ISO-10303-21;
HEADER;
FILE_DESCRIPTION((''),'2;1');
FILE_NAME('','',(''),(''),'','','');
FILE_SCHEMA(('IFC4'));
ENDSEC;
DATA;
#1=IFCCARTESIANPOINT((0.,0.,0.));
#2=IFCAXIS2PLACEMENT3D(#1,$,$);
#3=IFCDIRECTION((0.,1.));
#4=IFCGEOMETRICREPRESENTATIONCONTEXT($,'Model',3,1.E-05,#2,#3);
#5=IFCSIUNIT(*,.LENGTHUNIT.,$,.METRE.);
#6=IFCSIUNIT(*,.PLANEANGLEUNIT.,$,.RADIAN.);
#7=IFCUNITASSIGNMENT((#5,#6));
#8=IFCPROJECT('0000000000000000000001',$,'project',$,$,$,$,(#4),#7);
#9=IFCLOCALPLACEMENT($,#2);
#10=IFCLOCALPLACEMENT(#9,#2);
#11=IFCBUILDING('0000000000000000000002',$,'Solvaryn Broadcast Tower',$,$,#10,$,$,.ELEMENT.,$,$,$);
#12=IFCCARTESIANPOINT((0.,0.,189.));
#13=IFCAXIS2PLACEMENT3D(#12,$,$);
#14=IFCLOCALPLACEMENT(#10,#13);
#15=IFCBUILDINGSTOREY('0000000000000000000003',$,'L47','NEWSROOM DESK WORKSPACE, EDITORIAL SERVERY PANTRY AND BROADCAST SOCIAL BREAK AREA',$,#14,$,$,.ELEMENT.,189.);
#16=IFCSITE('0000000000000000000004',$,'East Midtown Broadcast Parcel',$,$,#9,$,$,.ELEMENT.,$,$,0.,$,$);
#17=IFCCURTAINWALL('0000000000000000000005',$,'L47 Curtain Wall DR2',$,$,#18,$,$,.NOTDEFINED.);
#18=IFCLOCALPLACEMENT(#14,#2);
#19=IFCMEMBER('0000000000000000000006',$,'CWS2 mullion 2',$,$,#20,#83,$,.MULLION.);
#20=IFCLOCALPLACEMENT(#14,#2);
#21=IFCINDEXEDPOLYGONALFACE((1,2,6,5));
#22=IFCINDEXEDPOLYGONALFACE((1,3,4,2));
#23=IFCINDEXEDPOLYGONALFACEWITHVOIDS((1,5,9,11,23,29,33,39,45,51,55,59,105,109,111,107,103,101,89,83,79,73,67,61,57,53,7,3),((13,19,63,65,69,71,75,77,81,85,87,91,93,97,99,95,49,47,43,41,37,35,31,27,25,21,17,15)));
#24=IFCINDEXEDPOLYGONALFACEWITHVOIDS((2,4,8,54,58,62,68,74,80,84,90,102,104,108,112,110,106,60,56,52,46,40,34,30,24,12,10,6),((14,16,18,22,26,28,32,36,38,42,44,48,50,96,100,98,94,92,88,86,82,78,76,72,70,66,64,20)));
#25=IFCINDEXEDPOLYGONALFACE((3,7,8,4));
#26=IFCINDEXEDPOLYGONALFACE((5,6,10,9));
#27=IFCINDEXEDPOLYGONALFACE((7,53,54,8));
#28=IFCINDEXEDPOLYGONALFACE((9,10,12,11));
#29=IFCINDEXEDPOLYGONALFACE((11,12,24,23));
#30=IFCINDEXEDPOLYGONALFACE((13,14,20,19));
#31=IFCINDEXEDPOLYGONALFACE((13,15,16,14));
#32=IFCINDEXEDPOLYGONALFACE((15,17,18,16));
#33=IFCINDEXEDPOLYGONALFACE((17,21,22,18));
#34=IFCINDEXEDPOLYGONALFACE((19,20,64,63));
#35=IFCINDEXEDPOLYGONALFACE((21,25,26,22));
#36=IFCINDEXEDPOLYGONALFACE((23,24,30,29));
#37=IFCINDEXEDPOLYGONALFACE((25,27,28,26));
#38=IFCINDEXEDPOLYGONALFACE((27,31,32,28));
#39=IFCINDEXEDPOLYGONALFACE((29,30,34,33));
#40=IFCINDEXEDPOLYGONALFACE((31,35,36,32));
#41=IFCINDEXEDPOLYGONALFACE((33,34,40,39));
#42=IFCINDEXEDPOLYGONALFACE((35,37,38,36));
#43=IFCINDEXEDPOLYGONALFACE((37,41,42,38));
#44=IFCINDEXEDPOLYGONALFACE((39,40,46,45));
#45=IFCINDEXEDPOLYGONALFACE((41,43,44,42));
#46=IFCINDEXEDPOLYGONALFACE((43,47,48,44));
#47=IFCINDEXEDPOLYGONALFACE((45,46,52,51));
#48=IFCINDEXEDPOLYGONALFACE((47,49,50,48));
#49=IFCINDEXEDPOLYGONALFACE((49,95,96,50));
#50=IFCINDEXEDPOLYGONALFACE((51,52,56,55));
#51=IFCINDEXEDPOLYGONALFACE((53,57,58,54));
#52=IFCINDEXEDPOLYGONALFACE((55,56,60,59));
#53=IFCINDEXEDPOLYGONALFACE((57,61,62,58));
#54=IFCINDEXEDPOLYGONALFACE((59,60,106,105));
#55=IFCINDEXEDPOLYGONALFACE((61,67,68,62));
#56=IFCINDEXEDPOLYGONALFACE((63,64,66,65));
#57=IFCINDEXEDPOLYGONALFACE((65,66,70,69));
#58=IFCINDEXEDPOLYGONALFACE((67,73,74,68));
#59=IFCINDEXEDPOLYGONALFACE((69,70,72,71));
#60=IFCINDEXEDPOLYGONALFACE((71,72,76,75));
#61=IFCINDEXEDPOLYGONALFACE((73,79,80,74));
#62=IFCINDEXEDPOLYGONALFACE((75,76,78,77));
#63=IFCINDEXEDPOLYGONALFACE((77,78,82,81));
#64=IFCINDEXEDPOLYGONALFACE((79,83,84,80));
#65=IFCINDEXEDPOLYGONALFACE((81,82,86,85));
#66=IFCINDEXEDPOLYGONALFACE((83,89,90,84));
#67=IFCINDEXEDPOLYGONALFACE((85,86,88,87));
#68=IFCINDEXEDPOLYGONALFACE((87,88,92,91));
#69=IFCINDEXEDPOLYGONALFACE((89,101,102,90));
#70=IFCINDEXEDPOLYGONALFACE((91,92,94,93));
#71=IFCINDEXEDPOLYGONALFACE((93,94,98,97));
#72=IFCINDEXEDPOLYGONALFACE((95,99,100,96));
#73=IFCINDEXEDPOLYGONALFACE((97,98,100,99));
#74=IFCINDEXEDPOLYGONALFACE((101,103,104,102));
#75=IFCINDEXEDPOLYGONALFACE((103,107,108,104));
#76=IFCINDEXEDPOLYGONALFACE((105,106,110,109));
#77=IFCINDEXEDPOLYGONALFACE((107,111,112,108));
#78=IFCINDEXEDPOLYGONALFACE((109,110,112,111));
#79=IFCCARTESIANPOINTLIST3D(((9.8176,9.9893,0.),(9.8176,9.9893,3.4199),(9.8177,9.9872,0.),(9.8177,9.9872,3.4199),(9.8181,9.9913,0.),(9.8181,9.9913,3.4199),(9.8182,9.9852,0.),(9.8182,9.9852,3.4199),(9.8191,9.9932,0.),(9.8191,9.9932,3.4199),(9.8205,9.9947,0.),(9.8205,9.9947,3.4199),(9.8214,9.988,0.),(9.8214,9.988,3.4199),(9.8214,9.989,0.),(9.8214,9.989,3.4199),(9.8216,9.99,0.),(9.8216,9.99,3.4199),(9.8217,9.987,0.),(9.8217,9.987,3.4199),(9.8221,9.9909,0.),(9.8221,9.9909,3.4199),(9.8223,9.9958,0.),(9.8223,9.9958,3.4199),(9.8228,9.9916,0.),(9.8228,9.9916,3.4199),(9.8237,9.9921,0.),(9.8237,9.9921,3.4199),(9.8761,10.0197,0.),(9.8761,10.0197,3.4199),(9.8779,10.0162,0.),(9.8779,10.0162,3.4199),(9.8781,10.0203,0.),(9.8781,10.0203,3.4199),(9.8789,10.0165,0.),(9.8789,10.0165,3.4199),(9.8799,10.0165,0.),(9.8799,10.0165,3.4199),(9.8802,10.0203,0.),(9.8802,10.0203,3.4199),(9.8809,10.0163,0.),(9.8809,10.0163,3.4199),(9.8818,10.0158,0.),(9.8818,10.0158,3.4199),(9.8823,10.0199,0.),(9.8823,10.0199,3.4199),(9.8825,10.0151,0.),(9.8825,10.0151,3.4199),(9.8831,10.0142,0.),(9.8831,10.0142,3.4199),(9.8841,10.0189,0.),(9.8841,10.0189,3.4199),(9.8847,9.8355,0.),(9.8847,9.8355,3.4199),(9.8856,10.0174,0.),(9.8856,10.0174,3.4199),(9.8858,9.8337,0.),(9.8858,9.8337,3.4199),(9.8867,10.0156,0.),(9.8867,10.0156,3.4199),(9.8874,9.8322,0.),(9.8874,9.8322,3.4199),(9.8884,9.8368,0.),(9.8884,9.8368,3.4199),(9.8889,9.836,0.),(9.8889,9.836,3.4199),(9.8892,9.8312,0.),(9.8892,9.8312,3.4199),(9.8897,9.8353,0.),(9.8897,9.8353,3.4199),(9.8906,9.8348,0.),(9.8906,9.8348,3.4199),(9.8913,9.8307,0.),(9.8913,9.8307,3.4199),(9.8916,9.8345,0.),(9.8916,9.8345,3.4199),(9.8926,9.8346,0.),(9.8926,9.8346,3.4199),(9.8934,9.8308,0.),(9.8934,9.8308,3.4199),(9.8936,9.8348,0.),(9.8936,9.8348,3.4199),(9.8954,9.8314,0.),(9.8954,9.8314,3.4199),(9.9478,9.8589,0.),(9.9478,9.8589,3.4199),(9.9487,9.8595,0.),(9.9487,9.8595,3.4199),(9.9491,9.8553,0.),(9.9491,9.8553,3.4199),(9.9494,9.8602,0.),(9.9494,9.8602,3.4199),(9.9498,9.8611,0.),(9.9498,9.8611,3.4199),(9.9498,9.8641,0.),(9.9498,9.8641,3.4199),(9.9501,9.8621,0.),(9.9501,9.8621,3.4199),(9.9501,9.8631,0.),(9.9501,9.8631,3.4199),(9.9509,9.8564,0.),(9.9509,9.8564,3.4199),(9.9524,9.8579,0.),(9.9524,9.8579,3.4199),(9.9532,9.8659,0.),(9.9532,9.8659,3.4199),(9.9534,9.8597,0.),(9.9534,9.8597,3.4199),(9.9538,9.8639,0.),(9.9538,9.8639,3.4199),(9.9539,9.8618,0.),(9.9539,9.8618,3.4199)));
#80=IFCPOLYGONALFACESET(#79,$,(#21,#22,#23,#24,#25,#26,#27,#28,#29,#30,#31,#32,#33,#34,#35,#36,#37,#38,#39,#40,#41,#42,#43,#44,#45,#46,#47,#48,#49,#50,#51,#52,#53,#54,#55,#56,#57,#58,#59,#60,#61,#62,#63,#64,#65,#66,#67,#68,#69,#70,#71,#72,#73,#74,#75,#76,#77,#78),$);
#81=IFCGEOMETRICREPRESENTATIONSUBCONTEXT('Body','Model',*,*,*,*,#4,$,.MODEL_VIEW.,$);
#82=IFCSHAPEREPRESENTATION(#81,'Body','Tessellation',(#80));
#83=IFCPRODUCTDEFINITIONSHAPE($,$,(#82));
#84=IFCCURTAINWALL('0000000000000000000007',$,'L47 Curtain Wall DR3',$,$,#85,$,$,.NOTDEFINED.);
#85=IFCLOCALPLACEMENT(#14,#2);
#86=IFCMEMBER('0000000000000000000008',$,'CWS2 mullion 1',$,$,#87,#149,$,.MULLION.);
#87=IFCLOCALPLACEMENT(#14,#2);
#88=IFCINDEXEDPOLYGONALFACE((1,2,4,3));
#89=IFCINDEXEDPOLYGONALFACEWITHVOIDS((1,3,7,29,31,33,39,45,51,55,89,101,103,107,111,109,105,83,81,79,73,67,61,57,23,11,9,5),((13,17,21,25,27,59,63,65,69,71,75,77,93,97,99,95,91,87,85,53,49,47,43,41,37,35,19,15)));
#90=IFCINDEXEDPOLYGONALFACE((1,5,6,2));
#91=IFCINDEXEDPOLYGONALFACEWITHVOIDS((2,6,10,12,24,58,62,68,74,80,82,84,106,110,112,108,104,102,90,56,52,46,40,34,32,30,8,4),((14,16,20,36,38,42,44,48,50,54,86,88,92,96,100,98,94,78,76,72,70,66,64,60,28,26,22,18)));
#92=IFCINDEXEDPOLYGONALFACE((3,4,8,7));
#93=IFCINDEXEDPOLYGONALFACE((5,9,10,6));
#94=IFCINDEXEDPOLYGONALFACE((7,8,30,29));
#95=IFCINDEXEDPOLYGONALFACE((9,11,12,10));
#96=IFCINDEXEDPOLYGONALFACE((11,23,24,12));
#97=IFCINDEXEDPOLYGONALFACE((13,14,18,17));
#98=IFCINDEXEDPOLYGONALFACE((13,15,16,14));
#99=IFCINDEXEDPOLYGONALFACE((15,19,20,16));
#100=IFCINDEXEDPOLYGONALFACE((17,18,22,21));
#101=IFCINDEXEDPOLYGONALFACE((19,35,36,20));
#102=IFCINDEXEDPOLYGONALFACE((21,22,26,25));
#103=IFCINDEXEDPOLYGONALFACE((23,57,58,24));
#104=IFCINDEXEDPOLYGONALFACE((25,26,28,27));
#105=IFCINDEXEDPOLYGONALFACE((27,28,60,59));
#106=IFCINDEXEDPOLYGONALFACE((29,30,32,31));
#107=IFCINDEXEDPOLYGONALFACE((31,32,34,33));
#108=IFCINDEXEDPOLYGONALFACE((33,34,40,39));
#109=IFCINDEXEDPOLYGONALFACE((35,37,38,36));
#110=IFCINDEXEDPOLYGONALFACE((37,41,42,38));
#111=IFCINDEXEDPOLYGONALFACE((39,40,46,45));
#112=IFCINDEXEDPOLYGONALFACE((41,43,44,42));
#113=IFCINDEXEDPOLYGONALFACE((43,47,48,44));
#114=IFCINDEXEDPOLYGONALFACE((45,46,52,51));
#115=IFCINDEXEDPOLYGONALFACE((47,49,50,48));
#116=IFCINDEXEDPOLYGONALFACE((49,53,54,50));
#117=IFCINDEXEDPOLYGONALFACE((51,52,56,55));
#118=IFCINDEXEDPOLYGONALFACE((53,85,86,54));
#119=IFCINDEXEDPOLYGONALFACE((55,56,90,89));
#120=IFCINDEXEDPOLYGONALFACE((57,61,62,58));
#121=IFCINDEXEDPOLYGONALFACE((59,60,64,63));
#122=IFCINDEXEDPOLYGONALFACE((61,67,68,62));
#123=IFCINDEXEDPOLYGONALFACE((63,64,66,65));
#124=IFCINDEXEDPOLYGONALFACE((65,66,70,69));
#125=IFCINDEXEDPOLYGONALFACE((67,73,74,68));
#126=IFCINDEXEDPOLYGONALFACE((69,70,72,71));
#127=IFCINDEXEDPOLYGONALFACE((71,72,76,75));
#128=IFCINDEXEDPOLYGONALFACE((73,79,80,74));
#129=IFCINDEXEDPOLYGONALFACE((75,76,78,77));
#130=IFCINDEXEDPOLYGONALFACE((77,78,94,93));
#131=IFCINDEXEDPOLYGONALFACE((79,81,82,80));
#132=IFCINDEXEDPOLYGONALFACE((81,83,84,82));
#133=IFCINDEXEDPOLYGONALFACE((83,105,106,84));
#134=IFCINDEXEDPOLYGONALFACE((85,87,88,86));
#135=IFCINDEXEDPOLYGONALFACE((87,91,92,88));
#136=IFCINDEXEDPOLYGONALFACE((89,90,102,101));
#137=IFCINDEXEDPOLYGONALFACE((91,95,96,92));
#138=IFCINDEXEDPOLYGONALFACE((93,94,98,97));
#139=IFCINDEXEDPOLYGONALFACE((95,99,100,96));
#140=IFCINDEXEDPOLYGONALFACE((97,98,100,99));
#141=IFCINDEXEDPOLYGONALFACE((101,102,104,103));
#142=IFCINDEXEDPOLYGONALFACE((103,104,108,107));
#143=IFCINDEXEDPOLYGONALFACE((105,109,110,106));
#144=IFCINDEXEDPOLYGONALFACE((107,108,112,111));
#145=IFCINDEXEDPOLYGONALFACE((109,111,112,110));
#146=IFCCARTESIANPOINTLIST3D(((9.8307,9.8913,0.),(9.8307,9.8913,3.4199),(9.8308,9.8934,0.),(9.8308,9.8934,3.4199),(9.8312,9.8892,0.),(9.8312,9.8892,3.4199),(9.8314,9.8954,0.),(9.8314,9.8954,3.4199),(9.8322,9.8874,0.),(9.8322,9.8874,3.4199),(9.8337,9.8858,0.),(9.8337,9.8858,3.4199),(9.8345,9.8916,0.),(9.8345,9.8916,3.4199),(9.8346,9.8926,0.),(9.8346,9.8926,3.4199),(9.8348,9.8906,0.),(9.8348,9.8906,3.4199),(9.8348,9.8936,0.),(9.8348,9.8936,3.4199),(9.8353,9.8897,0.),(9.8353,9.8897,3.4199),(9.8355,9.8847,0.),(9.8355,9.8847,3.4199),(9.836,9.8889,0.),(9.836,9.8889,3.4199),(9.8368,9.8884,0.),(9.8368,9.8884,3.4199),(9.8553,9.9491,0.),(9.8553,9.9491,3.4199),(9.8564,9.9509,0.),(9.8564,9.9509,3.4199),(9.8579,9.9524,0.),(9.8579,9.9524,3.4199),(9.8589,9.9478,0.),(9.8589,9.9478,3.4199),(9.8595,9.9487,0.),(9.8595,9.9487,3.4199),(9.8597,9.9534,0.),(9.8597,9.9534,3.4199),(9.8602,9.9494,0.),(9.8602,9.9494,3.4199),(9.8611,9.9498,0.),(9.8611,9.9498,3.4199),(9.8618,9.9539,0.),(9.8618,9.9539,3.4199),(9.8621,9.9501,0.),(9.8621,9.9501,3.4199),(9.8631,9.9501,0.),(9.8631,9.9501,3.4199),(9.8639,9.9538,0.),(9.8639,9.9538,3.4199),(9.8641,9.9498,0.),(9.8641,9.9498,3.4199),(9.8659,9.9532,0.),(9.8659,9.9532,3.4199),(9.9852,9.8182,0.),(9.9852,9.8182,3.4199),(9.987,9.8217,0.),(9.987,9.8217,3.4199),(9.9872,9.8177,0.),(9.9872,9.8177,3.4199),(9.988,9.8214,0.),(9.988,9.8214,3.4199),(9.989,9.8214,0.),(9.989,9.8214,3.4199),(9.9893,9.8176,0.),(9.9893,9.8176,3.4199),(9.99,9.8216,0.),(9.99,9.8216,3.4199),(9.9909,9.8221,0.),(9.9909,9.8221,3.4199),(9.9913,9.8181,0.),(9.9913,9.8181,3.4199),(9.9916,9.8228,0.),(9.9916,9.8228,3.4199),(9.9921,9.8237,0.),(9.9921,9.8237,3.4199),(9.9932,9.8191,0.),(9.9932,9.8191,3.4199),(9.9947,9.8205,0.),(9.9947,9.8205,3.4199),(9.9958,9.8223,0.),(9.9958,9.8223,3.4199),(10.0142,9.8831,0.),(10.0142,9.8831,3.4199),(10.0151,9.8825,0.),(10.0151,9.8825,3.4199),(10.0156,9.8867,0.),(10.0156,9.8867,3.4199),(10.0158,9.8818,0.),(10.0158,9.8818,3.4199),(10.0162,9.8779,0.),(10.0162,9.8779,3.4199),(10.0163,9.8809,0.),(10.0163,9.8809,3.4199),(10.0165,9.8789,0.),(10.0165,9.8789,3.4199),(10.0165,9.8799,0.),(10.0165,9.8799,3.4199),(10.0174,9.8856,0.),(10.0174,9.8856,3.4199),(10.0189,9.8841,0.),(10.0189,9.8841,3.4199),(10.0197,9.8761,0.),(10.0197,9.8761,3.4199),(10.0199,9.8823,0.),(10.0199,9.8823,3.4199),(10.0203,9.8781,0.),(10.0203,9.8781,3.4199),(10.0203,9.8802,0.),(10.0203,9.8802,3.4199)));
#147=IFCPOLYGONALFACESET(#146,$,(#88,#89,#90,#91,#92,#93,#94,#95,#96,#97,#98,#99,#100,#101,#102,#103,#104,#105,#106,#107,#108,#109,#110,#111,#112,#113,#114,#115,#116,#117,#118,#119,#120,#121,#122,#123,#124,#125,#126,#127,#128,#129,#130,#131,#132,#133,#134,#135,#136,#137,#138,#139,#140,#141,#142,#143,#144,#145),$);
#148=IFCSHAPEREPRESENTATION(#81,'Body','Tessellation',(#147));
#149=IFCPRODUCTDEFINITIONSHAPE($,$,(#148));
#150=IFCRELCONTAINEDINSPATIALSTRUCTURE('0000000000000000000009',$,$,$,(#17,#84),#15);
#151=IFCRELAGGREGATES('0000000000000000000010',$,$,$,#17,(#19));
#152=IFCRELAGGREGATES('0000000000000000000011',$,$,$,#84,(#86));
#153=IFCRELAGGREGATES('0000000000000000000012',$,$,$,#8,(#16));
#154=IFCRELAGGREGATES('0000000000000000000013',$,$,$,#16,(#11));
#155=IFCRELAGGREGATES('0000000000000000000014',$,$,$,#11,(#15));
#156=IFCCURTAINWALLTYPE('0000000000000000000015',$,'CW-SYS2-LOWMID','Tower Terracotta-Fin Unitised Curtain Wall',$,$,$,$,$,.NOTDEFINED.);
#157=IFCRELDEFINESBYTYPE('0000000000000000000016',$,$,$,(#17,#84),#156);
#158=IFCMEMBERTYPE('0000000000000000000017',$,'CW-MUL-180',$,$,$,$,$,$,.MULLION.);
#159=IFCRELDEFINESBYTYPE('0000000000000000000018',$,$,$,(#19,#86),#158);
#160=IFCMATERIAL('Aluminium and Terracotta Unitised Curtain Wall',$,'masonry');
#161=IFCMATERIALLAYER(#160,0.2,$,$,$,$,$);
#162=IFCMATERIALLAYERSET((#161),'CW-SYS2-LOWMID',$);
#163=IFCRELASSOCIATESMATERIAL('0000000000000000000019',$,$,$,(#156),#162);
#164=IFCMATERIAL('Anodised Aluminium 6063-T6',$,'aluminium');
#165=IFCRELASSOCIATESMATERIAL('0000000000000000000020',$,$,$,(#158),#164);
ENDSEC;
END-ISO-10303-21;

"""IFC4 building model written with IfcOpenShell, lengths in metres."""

from ifc_helpers import new_model, si_unit, direction, frame, origin, origin_2d, place, context, subcontext, project, spatial, hollow_rectangle, extrude, material, layer, layer_set, material_profile, profile_set, type_object, element, aggregate, save


model = new_model("IFC4")

# Units and contexts
model_context = context("Model", 3, precision=1e-05, world=origin(), true_north=direction((0.0, 1.0)))
body_context = subcontext(model_context, "Body", "Model", "MODEL_VIEW")
ifc_project = project(units=[si_unit("LENGTHUNIT", "METRE"), si_unit("PLANEANGLEUNIT", "RADIAN")], contexts=[model_context])

# Site, building, storey
site_placement = place(None, origin())
site = spatial("IfcSite", under=ifc_project, at=site_placement, Name="East Midtown Broadcast Parcel", CompositionType="ELEMENT", RefElevation=0.0)
building_placement = place(site_placement, origin())
building = spatial("IfcBuilding", under=site, at=building_placement, Name="Solvaryn Broadcast Tower", CompositionType="ELEMENT")
storey_placement = place(building_placement, frame((0.0, 0.0, 189.0)))
storey = spatial("IfcBuildingStorey", under=building, at=storey_placement, Name="L47", Description="NEWSROOM DESK WORKSPACE, EDITORIAL SERVERY PANTRY AND BROADCAST SOCIAL BREAK AREA", CompositionType="ELEMENT", Elevation=189.0)

# Curtain wall, member
ifc_material_1 = material(Name="Aluminium and Terracotta Unitised Curtain Wall", Category="masonry")
ifc_layer_1 = layer(ifc_material_1, 0.2)
ifc_layer_set_1 = layer_set([ifc_layer_1], Name="CW-SYS2-LOWMID")
curtain_wall_type = type_object("IfcCurtainWallType", Name="CW-SYS2-LOWMID", Description="Tower Terracotta-Fin Unitised Curtain Wall", PredefinedType="NOTDEFINED", material=ifc_layer_set_1)
curtain_wall_1_placement = place(storey_placement, origin())
curtain_wall_1 = element("IfcCurtainWall", 1, at=curtain_wall_1_placement, inside=storey, type_object=curtain_wall_type, Name="L47 Curtain Wall DR2", PredefinedType="NOTDEFINED")
ifc_material_2 = material(Name="Anodised Aluminium 6063-T6", Category="aluminium")
ifc_material_profile_1 = material_profile(ifc_material_2, hollow_rectangle(XDim=0.075, YDim=0.1799, WallThickness=0.0039, InnerFilletRadius=0.0039, OuterFilletRadius=0.0081, at=origin_2d()))
ifc_profile_set_1 = profile_set([ifc_material_profile_1], Name="Anodised Aluminium 6063-T6")
member_type_1 = type_object("IfcMemberType", Name="CW-MUL-180", PredefinedType="MULLION", material=ifc_profile_set_1)
member_1_placement = place(storey_placement, frame((9.8857, 9.9255, 0.0), z_axis=(0.0, 0.0, 1.0), x_axis=(0.913917, 0.405901, 0.0)))
member_1 = element("IfcMember", 2, at=member_1_placement, type_object=member_type_1, Name="CWS2 mullion 2", PredefinedType="MULLION", context=body_context, shape_type="SweptSolid", body=[
    extrude(hollow_rectangle(XDim=0.075, YDim=0.1799, WallThickness=0.0039, InnerFilletRadius=0.0039, OuterFilletRadius=0.0081, at=origin_2d()), origin(), (0.0, 0.0, 1.0), 3.4199),
])
aggregate(curtain_wall_1, [member_1])

# Curtain wall, member
curtain_wall_2_placement = place(storey_placement, origin())
curtain_wall_2 = element("IfcCurtainWall", 3, at=curtain_wall_2_placement, inside=storey, type_object=curtain_wall_type, Name="L47 Curtain Wall DR3", PredefinedType="NOTDEFINED")
member_2_placement = place(storey_placement, frame((9.9255, 9.8857, 0.0), z_axis=(0.0, 0.0, 1.0), x_axis=(0.405901, 0.913917, 0.0)))
member_2 = element("IfcMember", 4, at=member_2_placement, type_object=member_type_1, Name="CWS2 mullion 1", PredefinedType="MULLION", context=body_context, shape_type="SweptSolid", body=[
    extrude(hollow_rectangle(XDim=0.075, YDim=0.1799, WallThickness=0.0039, InnerFilletRadius=0.0039, OuterFilletRadius=0.0081, at=origin_2d()), origin(), (0.0, 0.0, 1.0), 3.4199),
])
aggregate(curtain_wall_2, [member_2])

save(model, "model.ifc")
